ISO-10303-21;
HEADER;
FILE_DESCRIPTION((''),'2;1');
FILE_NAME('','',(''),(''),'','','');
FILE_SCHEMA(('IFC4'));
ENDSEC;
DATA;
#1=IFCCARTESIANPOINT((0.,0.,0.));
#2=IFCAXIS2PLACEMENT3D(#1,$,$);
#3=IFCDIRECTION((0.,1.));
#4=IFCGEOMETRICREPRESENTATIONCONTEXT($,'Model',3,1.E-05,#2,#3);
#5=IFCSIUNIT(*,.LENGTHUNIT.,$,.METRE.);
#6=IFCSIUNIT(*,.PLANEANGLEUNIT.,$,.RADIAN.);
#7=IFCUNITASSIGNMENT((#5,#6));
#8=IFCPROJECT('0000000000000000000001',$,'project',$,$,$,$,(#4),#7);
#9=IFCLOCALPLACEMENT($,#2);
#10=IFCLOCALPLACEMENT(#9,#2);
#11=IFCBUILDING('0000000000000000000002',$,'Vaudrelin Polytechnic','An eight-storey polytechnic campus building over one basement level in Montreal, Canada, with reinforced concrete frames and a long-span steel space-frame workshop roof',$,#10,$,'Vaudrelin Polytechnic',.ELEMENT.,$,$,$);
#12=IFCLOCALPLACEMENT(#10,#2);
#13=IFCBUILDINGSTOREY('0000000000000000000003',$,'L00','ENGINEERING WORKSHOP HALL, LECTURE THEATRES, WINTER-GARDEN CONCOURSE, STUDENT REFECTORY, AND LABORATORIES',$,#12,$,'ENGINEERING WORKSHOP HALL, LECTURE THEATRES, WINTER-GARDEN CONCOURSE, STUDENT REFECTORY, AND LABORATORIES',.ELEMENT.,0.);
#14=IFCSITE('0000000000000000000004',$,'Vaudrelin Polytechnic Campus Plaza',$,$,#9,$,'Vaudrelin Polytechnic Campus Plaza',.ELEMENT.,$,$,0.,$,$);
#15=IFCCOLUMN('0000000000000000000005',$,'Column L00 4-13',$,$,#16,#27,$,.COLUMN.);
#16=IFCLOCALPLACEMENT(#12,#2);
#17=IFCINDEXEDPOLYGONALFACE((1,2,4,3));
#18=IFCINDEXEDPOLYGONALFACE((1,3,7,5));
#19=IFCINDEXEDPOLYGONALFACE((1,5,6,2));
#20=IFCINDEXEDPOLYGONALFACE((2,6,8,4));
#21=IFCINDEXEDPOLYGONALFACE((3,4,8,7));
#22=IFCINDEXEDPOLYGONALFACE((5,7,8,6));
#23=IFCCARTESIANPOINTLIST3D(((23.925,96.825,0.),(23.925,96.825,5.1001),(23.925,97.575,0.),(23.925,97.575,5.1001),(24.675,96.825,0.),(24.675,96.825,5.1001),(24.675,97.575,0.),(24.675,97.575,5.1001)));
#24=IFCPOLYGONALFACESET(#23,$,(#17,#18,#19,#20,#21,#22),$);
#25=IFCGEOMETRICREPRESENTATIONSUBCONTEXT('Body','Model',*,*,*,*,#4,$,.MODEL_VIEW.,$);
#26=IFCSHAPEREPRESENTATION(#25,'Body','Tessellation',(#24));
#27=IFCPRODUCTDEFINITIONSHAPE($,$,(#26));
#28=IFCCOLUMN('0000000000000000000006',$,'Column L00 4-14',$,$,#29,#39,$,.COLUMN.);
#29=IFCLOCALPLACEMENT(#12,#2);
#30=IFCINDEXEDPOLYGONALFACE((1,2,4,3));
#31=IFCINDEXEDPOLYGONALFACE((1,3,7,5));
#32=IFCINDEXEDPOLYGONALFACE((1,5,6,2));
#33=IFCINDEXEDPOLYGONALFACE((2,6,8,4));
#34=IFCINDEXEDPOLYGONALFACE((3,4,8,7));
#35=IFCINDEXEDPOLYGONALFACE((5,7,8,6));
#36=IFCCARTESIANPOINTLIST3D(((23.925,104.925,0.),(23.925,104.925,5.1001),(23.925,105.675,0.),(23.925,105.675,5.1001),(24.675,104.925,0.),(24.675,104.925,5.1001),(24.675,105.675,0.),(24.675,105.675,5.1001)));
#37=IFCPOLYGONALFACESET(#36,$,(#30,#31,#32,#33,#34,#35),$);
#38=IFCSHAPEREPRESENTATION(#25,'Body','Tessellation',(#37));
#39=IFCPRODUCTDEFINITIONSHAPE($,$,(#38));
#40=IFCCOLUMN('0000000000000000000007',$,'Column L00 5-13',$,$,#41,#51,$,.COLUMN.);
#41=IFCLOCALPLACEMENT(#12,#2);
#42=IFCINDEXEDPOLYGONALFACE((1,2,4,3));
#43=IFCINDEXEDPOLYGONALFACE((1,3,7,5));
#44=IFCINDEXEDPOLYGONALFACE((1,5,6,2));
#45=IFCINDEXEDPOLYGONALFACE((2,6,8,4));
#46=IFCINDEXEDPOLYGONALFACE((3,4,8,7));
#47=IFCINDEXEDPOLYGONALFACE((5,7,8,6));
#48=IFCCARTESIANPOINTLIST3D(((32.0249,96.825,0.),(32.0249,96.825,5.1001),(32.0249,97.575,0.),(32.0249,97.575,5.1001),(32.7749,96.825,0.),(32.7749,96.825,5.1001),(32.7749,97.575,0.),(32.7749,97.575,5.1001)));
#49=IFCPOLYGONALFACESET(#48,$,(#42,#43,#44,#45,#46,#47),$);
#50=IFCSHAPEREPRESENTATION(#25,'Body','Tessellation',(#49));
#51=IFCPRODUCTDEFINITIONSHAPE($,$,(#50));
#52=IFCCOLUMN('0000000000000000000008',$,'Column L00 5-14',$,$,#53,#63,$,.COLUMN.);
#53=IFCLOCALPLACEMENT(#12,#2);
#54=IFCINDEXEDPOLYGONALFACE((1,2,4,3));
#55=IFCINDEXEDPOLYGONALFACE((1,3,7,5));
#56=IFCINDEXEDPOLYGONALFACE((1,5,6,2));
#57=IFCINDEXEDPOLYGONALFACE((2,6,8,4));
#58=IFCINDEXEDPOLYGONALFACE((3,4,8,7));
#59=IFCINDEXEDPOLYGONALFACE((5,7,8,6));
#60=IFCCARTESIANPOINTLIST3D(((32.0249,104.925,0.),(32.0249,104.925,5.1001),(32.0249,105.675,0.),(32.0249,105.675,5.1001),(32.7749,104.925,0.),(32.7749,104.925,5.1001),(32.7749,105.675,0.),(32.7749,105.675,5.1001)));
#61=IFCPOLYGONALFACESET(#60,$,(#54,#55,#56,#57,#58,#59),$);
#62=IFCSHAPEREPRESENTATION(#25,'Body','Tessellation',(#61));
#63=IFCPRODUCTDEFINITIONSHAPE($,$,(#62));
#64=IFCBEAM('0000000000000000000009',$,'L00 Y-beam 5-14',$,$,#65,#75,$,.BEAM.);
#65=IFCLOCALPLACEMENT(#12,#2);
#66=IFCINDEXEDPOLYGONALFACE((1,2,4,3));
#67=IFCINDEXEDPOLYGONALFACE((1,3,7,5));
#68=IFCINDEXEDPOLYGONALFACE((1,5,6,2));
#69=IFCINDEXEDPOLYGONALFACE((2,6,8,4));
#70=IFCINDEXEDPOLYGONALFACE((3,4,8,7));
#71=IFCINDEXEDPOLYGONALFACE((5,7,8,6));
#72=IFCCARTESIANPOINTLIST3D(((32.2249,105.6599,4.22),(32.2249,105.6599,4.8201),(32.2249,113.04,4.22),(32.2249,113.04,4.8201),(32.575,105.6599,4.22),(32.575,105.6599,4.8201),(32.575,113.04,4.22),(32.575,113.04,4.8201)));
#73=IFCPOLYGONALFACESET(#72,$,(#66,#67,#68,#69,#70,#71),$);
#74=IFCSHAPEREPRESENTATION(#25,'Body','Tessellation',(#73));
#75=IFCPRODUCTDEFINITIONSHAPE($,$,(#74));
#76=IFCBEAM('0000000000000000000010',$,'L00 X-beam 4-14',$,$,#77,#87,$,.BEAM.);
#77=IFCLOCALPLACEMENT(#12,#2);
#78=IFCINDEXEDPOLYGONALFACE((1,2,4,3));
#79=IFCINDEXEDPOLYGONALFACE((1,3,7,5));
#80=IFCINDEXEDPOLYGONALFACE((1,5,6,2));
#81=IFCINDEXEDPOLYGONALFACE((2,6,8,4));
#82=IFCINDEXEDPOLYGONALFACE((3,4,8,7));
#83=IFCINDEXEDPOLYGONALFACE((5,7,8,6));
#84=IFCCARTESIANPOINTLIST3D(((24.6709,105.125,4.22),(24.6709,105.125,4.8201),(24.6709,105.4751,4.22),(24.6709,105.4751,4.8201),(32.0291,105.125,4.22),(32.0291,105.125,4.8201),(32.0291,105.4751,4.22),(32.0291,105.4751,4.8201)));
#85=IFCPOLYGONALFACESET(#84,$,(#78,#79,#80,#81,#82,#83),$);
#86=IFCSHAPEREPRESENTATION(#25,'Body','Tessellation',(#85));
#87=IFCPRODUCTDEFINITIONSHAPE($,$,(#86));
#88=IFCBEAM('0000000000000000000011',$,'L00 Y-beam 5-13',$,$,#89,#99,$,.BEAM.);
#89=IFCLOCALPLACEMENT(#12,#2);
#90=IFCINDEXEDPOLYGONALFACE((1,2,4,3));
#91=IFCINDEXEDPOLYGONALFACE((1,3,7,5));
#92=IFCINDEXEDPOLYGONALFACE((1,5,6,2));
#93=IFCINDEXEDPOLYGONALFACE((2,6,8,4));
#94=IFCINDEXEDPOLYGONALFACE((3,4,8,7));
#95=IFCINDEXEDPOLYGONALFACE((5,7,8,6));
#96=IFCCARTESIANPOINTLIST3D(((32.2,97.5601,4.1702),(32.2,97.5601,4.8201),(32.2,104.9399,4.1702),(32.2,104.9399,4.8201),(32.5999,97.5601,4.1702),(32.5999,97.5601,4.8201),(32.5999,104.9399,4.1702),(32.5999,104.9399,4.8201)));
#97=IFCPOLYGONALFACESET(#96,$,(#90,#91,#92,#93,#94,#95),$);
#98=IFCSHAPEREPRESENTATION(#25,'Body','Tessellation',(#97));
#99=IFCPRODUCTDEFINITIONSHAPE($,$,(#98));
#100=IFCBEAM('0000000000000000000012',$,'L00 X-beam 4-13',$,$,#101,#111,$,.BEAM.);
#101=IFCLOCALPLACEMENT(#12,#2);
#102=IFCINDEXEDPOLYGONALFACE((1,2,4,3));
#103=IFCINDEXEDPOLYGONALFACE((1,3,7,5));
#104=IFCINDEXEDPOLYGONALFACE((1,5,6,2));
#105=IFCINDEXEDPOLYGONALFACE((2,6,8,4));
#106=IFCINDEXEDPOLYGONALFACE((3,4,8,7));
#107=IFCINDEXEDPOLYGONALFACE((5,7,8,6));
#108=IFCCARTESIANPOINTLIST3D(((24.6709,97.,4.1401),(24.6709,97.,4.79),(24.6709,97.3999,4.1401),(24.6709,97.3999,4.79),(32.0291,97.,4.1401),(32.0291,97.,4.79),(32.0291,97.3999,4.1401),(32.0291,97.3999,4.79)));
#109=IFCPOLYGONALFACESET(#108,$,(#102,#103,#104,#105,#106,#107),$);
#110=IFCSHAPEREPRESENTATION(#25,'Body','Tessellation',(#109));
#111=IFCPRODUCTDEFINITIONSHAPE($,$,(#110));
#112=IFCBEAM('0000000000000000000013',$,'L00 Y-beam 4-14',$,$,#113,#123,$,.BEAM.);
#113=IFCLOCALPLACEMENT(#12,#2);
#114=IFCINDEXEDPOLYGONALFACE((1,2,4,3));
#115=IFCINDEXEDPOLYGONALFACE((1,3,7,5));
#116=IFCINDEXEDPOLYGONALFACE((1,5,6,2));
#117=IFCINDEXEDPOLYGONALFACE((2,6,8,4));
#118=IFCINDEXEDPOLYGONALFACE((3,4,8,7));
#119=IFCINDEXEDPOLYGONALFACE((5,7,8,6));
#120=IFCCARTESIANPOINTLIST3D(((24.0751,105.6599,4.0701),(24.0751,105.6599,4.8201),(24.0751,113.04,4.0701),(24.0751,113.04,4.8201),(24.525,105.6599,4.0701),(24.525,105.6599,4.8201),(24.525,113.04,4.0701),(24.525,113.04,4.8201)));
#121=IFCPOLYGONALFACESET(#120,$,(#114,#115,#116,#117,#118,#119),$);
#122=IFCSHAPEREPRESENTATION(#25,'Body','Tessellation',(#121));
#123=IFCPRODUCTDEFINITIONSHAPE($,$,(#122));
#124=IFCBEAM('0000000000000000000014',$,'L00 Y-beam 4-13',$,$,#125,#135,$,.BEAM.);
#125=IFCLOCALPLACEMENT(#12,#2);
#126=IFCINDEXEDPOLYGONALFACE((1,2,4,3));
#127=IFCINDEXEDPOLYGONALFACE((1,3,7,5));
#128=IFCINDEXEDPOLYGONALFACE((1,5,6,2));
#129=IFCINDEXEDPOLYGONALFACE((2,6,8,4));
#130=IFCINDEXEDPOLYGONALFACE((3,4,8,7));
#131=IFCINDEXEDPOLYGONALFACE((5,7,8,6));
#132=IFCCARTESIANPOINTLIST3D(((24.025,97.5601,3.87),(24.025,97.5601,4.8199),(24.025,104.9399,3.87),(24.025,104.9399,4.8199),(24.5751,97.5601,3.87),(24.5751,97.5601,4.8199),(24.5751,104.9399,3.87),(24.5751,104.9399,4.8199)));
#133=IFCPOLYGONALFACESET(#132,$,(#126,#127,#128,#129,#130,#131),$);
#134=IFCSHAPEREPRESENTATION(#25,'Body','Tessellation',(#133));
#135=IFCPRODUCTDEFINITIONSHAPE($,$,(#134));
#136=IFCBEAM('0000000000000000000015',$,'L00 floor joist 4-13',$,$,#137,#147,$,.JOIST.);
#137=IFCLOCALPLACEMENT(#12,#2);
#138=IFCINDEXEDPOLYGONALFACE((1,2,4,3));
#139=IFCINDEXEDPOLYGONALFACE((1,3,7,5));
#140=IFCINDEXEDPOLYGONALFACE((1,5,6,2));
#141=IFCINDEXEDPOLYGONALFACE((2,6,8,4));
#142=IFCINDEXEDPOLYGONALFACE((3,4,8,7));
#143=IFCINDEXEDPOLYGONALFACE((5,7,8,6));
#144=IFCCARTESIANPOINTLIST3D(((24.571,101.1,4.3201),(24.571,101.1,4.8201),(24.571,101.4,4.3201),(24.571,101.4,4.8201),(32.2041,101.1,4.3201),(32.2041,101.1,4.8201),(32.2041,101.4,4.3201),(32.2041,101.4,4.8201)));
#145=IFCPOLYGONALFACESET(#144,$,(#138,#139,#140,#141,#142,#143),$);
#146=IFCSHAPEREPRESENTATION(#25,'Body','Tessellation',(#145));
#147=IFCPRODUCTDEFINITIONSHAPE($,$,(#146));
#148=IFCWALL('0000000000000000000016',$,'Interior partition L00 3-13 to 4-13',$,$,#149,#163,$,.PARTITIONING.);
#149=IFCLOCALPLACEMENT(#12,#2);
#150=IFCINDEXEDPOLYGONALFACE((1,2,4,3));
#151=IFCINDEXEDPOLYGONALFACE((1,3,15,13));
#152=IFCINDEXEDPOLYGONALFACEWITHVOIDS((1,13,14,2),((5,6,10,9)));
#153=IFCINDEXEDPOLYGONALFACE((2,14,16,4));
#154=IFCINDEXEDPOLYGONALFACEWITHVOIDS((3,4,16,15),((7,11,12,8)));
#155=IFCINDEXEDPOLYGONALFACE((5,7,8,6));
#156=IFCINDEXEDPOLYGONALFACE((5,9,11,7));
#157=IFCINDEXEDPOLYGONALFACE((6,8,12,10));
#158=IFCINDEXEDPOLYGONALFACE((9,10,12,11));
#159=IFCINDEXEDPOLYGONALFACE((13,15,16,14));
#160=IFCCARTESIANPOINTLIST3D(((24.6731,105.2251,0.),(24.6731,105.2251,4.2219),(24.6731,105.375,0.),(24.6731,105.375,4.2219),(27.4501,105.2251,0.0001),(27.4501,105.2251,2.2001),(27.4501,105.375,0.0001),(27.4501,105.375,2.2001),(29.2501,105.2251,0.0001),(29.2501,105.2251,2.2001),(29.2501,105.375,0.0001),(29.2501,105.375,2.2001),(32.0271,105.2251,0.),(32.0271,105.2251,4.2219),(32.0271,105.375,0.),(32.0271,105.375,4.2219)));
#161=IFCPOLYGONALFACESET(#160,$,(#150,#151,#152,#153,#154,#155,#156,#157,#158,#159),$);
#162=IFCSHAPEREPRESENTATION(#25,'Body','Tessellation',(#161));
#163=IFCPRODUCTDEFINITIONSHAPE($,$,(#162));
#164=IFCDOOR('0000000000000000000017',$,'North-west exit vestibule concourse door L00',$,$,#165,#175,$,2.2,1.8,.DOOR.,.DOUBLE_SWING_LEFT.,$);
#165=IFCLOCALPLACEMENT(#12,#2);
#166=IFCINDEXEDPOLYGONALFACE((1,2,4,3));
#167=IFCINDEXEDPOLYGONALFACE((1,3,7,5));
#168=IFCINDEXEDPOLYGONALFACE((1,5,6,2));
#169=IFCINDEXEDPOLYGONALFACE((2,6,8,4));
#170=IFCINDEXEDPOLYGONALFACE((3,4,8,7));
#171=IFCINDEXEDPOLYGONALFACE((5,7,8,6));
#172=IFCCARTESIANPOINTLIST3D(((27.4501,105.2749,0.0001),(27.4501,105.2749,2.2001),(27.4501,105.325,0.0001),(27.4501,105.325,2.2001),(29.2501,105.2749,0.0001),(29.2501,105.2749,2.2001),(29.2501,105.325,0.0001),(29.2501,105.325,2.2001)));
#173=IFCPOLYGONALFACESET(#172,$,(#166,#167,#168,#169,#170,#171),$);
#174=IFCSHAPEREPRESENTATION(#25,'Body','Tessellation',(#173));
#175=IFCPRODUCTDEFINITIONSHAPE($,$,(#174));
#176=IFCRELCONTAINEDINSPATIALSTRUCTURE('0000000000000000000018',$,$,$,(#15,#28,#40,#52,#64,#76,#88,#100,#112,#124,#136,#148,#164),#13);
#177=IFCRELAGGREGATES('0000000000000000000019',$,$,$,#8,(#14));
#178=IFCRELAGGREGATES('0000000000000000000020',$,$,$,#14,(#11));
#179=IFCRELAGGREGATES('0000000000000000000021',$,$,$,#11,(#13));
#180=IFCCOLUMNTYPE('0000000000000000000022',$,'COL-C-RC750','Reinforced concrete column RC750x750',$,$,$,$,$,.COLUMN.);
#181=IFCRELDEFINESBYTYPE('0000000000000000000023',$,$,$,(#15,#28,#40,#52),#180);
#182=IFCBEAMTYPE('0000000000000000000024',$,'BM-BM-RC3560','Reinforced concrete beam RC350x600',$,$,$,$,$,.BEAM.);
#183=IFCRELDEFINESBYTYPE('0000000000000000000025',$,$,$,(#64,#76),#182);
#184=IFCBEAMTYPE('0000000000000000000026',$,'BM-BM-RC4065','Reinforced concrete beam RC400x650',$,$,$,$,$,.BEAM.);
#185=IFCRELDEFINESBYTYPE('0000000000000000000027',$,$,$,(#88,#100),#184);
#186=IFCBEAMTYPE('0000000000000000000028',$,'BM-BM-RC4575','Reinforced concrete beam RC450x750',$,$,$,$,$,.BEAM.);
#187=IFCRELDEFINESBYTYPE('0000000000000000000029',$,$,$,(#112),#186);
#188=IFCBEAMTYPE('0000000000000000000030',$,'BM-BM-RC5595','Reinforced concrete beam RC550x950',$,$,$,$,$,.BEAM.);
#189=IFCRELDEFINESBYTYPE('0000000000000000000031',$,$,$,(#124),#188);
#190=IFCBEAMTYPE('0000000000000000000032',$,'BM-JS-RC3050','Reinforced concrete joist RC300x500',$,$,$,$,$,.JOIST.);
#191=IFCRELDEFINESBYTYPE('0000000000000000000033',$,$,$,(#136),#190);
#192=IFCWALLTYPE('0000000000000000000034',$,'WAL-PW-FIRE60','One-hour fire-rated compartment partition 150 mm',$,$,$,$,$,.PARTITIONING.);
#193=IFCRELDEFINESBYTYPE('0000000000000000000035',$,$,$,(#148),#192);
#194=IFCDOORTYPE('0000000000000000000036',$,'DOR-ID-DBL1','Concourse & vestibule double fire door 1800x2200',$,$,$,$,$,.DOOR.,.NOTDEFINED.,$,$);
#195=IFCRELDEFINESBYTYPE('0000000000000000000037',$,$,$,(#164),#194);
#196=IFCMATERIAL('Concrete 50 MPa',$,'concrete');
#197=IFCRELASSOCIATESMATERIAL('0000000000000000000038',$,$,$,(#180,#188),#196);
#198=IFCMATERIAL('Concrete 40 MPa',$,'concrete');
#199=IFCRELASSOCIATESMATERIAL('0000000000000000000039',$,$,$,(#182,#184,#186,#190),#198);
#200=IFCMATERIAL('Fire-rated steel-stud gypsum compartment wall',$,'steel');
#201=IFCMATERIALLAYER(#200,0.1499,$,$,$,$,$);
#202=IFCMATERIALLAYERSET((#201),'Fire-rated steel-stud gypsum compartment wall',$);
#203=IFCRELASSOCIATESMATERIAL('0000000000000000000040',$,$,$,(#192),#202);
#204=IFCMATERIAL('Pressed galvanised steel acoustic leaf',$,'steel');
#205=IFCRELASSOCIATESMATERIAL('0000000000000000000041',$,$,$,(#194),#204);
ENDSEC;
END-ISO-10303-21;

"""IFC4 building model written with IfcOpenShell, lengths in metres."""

from ifc_helpers import new_model, si_unit, direction, frame, frame_2d, origin, origin_2d, place, context, subcontext, project, spatial, rectangle, extrude, material, layer, layer_set, material_profile, profile_set, type_object, element, fill, save


model = new_model("IFC4")

# Units and contexts
model_context = context("Model", 3, precision=1e-05, world=origin(), true_north=direction((0.0, 1.0)))
body_context = subcontext(model_context, "Body", "Model", "MODEL_VIEW")
ifc_project = project(units=[si_unit("LENGTHUNIT", "METRE"), si_unit("PLANEANGLEUNIT", "RADIAN")], contexts=[model_context])

# Site, building, storey
site_placement = place(None, origin())
site = spatial("IfcSite", under=ifc_project, at=site_placement, Name="Vaudrelin Polytechnic Campus Plaza", LongName="Vaudrelin Polytechnic Campus Plaza", CompositionType="ELEMENT", RefElevation=0.0)
building_placement = place(site_placement, origin())
building = spatial("IfcBuilding", under=site, at=building_placement, Name="Vaudrelin Polytechnic", Description="An eight-storey polytechnic campus building over one basement level in Montreal, Canada, with reinforced concrete frames and a long-span steel space-frame workshop roof", LongName="Vaudrelin Polytechnic", CompositionType="ELEMENT")
storey_placement = place(building_placement, origin())
storey = spatial("IfcBuildingStorey", under=building, at=storey_placement, Name="L00", Description="ENGINEERING WORKSHOP HALL, LECTURE THEATRES, WINTER-GARDEN CONCOURSE, STUDENT REFECTORY, AND LABORATORIES", LongName="ENGINEERING WORKSHOP HALL, LECTURE THEATRES, WINTER-GARDEN CONCOURSE, STUDENT REFECTORY, AND LABORATORIES", CompositionType="ELEMENT", Elevation=0.0)

# Columns
ifc_material_1 = material(Name="Concrete 50 MPa", Category="concrete")
ifc_material_profile_1 = material_profile(ifc_material_1, rectangle(XDim=0.75, YDim=0.75, at=origin_2d()), Name="RC750x750")
ifc_profile_set_1 = profile_set([ifc_material_profile_1], Name="Concrete 50 MPa")
column_type = type_object("IfcColumnType", Name="COL-C-RC750", Description="Reinforced concrete column RC750x750", PredefinedType="COLUMN", material=ifc_profile_set_1)
for number, where, z_axis, x_axis, name in (
    (1, (24.3, 97.2, 0.0), (0.0, 0.0, 1.0), (1.0, 0.0, 0.0), "Column L00 4-13"),
    (2, (24.3, 105.3, 0.0), (0.0, 0.0, 1.0), (1.0, 0.0, 0.0), "Column L00 4-14"),
    (3, (32.3999, 97.2, 0.0), (0.0, 0.0, 1.0), (1.0, 0.0, 0.0), "Column L00 5-13"),
    (4, (32.3999, 105.3, 0.0), (0.0, 0.0, 1.0), (1.0, 0.0, 0.0), "Column L00 5-14"),
):
    element("IfcColumn", number, at=place(storey_placement, frame(where, z_axis=z_axis, x_axis=x_axis)), inside=storey, type_object=column_type, Name=name, PredefinedType="COLUMN", context=body_context, shape_type="SweptSolid", body=[
        extrude(rectangle(XDim=0.75, YDim=0.75, at=origin_2d()), origin(), (0.0, 0.0, 1.0), 5.1001),
    ])

# Beams
ifc_material_2 = material(Name="Concrete 40 MPa", Category="concrete")
ifc_material_profile_2 = material_profile(ifc_material_2, rectangle(XDim=0.3501, YDim=0.6001, at=origin_2d()), Name="RC350x600")
ifc_profile_set_2 = profile_set([ifc_material_profile_2], Name="Concrete 40 MPa")
beam_type_1 = type_object("IfcBeamType", Name="BM-BM-RC3560", Description="Reinforced concrete beam RC350x600", PredefinedType="BEAM", material=ifc_profile_set_2)
beam_1_placement = place(storey_placement, frame((32.3999, 105.6599, 4.52), z_axis=(0.0, 1.0, 0.0), x_axis=(-1.0, 0.0, 0.0)))
element("IfcBeam", 5, at=beam_1_placement, inside=storey, type_object=beam_type_1, Name="L00 Y-beam 5-14", PredefinedType="BEAM", context=body_context, shape_type="SweptSolid", body=[
    extrude(rectangle(XDim=0.3501, YDim=0.6001, at=origin_2d()), origin(), (0.0, 0.0, 1.0), 7.3801),
])
beam_2_placement = place(storey_placement, frame((24.6709, 105.3, 4.52), z_axis=(1.0, 0.0, 0.0), x_axis=(0.0, 1.0, 0.0)))
element("IfcBeam", 6, at=beam_2_placement, inside=storey, type_object=beam_type_1, Name="L00 X-beam 4-14", PredefinedType="BEAM", context=body_context, shape_type="SweptSolid", body=[
    extrude(rectangle(XDim=0.3501, YDim=0.6001, at=origin_2d()), origin(), (0.0, 0.0, 1.0), 7.3582),
])
ifc_material_profile_3 = material_profile(ifc_material_2, rectangle(XDim=0.3999, YDim=0.6499, at=origin_2d()), Name="RC400x650")
ifc_profile_set_3 = profile_set([ifc_material_profile_3], Name="Concrete 40 MPa")
beam_type_2 = type_object("IfcBeamType", Name="BM-BM-RC4065", Description="Reinforced concrete beam RC400x650", PredefinedType="BEAM", material=ifc_profile_set_3)
beam_3_placement = place(storey_placement, frame((32.3999, 97.5601, 4.4951), z_axis=(0.0, 1.0, 0.0), x_axis=(-1.0, 0.0, 0.0)))
element("IfcBeam", 7, at=beam_3_placement, inside=storey, type_object=beam_type_2, Name="L00 Y-beam 5-13", PredefinedType="BEAM", context=body_context, shape_type="SweptSolid", body=[
    extrude(rectangle(XDim=0.3999, YDim=0.6499, at=origin_2d()), origin(), (0.0, 0.0, 1.0), 7.3799),
])
beam_4_placement = place(storey_placement, frame((24.6709, 97.2, 4.4651), z_axis=(1.0, 0.0, 0.0), x_axis=(0.0, 1.0, 0.0)))
element("IfcBeam", 8, at=beam_4_placement, inside=storey, type_object=beam_type_2, Name="L00 X-beam 4-13", PredefinedType="BEAM", context=body_context, shape_type="SweptSolid", body=[
    extrude(rectangle(XDim=0.3999, YDim=0.6499, at=origin_2d()), origin(), (0.0, 0.0, 1.0), 7.3582),
])
ifc_material_profile_4 = material_profile(ifc_material_2, rectangle(XDim=0.45, YDim=0.75, at=origin_2d()), Name="RC450x750")
ifc_profile_set_4 = profile_set([ifc_material_profile_4], Name="Concrete 40 MPa")
beam_type_3 = type_object("IfcBeamType", Name="BM-BM-RC4575", Description="Reinforced concrete beam RC450x750", PredefinedType="BEAM", material=ifc_profile_set_4)
beam_5_placement = place(storey_placement, frame((24.3, 105.6599, 4.4451), z_axis=(0.0, 1.0, 0.0), x_axis=(-1.0, 0.0, 0.0)))
element("IfcBeam", 9, at=beam_5_placement, inside=storey, type_object=beam_type_3, Name="L00 Y-beam 4-14", PredefinedType="BEAM", context=body_context, shape_type="SweptSolid", body=[
    extrude(rectangle(XDim=0.45, YDim=0.75, at=origin_2d()), origin(), (0.0, 0.0, 1.0), 7.3801),
])
ifc_material_profile_5 = material_profile(ifc_material_1, rectangle(XDim=0.55, YDim=0.95, at=origin_2d()), Name="RC550x950")
ifc_profile_set_5 = profile_set([ifc_material_profile_5], Name="Concrete 50 MPa")
beam_type_4 = type_object("IfcBeamType", Name="BM-BM-RC5595", Description="Reinforced concrete beam RC550x950", PredefinedType="BEAM", material=ifc_profile_set_5)
beam_6_placement = place(storey_placement, frame((24.3, 97.5601, 4.345), z_axis=(0.0, 1.0, 0.0), x_axis=(-1.0, 0.0, 0.0)))
element("IfcBeam", 10, at=beam_6_placement, inside=storey, type_object=beam_type_4, Name="L00 Y-beam 4-13", PredefinedType="BEAM", context=body_context, shape_type="SweptSolid", body=[
    extrude(rectangle(XDim=0.55, YDim=0.95, at=origin_2d()), origin(), (0.0, 0.0, 1.0), 7.3799),
])
ifc_material_profile_6 = material_profile(ifc_material_2, rectangle(XDim=0.3, YDim=0.5, at=origin_2d()), Name="RC300x500")
ifc_profile_set_6 = profile_set([ifc_material_profile_6], Name="Concrete 40 MPa")
beam_type_5 = type_object("IfcBeamType", Name="BM-JS-RC3050", Description="Reinforced concrete joist RC300x500", PredefinedType="JOIST", material=ifc_profile_set_6)
beam_7_placement = place(storey_placement, frame((24.571, 101.25, 4.5701), z_axis=(1.0, 0.0, 0.0), x_axis=(0.0, 1.0, 0.0)))
element("IfcBeam", 11, at=beam_7_placement, inside=storey, type_object=beam_type_5, Name="L00 floor joist 4-13", PredefinedType="JOIST", context=body_context, shape_type="SweptSolid", body=[
    extrude(rectangle(XDim=0.3, YDim=0.5, at=origin_2d()), origin(), (0.0, 0.0, 1.0), 7.6331),
])

# Wall, opening, door
ifc_material_3 = material(Name="Pressed galvanised steel acoustic leaf", Category="steel")
ifc_material_4 = material(Name="Fire-rated steel-stud gypsum compartment wall", Category="steel")
ifc_layer_1 = layer(ifc_material_4, 0.1499)
ifc_layer_set_1 = layer_set([ifc_layer_1], Name="Fire-rated steel-stud gypsum compartment wall")
wall_type_1 = type_object("IfcWallType", Name="WAL-PW-FIRE60", Description="One-hour fire-rated compartment partition 150 mm", PredefinedType="PARTITIONING", material=ifc_layer_set_1)
wall_1_placement = place(storey_placement, frame((24.6731, 105.3, 0.0), z_axis=(0.0, 0.0, 1.0), x_axis=(1.0, 0.0, 0.0)))
wall_1 = element("IfcWall", 12, at=wall_1_placement, inside=storey, type_object=wall_type_1, Name="Interior partition L00 3-13 to 4-13", PredefinedType="PARTITIONING", context=body_context, shape_type="SweptSolid", body=[
    extrude(rectangle(XDim=7.354, YDim=0.1499, at=frame_2d((3.677, 0.0))), origin(), (0.0, 0.0, 1.0), 4.2219),
])
opening_1_placement = place(wall_1_placement, frame((2.7771, 0.0, 0.0)))
opening_1 = element("IfcOpeningElement", 13, at=opening_1_placement, cuts=wall_1, PredefinedType="OPENING", context=body_context, shape_type="SweptSolid", body=[
    extrude(rectangle(XDim=1.8, YDim=2.2, at=frame_2d((0.8999, 1.1001))), frame((0.0, 0.085, 0.0), z_axis=(0.0, -1.0, 0.0), x_axis=(1.0, 0.0, 0.0)), (0.0, 0.0, 1.0), 0.1699),
])
door_type_1 = type_object("IfcDoorType", Name="DOR-ID-DBL1", Description="Concourse & vestibule double fire door 1800x2200", OperationType="NOTDEFINED", PredefinedType="DOOR", material=ifc_material_3)
door_1_placement = place(opening_1_placement, origin())
door_1 = element("IfcDoor", 14, at=door_1_placement, inside=storey, type_object=door_type_1, Name="North-west exit vestibule concourse door L00", OperationType="DOUBLE_SWING_LEFT", OverallHeight=2.2, OverallWidth=1.8, PredefinedType="DOOR", context=body_context, shape_type="SweptSolid", body=[
    extrude(rectangle(XDim=1.8, YDim=2.2, at=frame_2d((0.8999, 1.1001))), frame((0.0, 0.0249, 0.0), z_axis=(0.0, -1.0, 0.0), x_axis=(1.0, 0.0, 0.0)), (0.0, 0.0, 1.0), 0.05),
])
fill(opening_1, door_1)

save(model, "model.ifc")
